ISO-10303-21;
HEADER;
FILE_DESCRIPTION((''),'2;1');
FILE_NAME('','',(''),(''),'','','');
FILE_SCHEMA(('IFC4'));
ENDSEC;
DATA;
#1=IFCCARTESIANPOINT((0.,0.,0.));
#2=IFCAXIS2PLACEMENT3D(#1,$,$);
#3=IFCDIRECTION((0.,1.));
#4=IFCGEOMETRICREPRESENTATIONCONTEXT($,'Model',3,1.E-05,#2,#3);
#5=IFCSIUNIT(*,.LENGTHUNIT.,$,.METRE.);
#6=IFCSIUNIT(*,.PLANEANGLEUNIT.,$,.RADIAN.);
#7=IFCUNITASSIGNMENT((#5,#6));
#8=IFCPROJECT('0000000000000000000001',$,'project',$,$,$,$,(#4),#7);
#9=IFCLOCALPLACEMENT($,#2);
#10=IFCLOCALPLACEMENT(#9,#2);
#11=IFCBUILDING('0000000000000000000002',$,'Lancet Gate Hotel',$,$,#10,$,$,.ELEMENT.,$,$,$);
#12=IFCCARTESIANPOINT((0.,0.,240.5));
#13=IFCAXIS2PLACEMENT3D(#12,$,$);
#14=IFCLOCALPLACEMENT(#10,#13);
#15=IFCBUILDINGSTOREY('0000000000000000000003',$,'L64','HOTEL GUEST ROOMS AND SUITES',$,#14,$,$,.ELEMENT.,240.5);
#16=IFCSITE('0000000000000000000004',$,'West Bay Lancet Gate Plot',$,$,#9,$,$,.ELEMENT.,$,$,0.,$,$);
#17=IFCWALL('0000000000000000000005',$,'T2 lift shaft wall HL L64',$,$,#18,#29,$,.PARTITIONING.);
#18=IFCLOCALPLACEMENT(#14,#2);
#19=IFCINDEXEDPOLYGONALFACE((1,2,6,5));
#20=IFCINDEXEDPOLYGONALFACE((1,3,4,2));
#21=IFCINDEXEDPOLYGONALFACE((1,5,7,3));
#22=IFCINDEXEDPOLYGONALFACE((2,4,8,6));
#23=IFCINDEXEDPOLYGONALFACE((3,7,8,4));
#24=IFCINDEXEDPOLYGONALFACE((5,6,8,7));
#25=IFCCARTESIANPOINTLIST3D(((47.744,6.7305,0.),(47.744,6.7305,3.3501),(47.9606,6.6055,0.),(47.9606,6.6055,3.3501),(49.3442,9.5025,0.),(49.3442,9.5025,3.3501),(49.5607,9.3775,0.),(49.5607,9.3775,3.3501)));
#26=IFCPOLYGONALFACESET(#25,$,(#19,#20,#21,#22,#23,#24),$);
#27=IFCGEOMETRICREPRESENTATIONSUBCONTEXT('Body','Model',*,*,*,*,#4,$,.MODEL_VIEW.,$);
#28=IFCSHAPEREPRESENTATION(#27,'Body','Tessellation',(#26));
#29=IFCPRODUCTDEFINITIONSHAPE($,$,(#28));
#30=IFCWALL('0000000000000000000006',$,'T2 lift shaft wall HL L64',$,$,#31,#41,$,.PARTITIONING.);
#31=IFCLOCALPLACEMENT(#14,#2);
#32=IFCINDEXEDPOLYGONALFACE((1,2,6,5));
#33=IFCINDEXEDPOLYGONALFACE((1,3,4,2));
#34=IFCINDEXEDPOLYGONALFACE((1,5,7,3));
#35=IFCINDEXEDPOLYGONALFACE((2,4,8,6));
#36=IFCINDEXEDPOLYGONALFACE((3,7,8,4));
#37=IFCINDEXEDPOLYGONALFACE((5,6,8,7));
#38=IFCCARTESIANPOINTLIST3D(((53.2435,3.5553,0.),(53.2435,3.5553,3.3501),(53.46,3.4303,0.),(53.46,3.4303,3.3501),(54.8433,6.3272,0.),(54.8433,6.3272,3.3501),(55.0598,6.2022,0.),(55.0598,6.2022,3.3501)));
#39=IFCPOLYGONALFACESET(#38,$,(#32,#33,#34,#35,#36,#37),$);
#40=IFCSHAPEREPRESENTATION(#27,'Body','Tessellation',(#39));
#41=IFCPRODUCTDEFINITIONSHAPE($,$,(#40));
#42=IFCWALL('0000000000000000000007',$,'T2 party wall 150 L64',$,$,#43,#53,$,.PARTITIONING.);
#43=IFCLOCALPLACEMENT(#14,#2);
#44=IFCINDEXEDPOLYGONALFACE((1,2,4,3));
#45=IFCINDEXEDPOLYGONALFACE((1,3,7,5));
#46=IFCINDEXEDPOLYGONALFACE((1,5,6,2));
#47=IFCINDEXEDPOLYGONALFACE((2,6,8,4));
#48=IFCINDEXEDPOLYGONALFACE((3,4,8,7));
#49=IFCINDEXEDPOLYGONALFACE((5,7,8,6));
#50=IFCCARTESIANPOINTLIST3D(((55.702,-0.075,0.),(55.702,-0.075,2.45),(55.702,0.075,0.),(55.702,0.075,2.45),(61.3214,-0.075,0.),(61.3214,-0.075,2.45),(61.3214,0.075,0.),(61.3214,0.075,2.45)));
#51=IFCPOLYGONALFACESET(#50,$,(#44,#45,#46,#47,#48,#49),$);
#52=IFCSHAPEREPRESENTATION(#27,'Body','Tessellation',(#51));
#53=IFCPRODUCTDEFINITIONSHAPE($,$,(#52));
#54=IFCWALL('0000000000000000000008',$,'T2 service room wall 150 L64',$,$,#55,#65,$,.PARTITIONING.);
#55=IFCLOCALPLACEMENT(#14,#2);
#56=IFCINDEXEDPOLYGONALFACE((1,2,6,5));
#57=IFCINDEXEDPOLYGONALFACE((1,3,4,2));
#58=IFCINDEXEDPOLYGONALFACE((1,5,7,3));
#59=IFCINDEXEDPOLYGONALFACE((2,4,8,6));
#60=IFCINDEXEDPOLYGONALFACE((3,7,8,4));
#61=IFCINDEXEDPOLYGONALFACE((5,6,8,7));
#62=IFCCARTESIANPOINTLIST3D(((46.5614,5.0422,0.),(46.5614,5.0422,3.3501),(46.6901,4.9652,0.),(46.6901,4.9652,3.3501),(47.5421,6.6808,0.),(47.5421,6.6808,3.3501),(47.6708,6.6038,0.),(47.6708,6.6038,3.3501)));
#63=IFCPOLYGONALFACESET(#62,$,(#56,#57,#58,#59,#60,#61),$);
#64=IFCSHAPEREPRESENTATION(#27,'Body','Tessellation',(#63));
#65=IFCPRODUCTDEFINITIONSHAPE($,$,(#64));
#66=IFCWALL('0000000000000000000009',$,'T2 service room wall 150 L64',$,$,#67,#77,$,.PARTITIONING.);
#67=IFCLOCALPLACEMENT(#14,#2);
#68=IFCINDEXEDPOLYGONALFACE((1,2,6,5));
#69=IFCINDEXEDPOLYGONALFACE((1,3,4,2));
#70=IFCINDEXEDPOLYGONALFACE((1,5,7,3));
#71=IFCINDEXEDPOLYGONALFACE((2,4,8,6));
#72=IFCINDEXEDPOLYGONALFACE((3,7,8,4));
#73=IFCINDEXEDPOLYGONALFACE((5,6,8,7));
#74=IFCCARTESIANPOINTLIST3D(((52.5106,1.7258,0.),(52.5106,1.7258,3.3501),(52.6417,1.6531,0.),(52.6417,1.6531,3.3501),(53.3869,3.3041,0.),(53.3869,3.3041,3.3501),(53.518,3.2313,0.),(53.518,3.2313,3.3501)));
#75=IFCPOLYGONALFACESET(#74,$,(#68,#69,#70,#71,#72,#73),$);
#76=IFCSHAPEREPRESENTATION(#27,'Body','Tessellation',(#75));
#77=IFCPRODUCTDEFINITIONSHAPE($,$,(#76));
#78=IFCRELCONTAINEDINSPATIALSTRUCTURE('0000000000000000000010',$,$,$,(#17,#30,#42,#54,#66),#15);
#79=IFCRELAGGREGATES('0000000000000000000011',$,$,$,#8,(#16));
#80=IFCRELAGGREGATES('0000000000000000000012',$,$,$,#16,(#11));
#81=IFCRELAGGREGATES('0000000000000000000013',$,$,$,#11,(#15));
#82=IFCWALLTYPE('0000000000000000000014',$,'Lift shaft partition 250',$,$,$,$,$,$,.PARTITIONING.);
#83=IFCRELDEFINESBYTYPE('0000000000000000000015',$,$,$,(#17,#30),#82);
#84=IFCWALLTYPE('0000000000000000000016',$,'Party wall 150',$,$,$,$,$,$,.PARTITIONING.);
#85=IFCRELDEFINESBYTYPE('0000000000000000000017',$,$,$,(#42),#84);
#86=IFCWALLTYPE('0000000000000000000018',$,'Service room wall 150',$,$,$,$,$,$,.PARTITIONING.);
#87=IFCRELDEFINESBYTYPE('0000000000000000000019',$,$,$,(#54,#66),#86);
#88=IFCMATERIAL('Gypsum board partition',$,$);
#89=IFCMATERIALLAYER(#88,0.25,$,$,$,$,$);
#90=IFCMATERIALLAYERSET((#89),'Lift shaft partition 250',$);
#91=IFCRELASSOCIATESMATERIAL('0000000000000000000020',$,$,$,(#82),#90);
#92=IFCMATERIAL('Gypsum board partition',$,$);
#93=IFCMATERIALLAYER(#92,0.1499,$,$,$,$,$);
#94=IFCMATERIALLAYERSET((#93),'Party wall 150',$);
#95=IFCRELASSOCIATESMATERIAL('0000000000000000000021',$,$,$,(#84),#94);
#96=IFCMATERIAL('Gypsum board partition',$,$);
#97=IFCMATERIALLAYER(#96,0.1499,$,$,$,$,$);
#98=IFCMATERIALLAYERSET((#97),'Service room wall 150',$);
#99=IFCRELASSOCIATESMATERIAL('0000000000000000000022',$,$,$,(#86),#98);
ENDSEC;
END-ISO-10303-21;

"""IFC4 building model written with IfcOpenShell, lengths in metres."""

from ifc_helpers import new_model, si_unit, direction, frame, frame_2d, origin, place, context, subcontext, project, spatial, rectangle, extrude, material, layer, layer_set, type_object, element, save


model = new_model("IFC4")

# Units and contexts
model_context = context("Model", 3, precision=1e-05, world=origin(), true_north=direction((0.0, 1.0)))
body_context = subcontext(model_context, "Body", "Model", "MODEL_VIEW")
ifc_project = project(units=[si_unit("LENGTHUNIT", "METRE"), si_unit("PLANEANGLEUNIT", "RADIAN")], contexts=[model_context])

# Site, building, storey
site_placement = place(None, origin())
site = spatial("IfcSite", under=ifc_project, at=site_placement, Name="West Bay Lancet Gate Plot", CompositionType="ELEMENT", RefElevation=0.0)
building_placement = place(site_placement, origin())
building = spatial("IfcBuilding", under=site, at=building_placement, Name="Lancet Gate Hotel", CompositionType="ELEMENT")
storey_placement = place(building_placement, frame((0.0, 0.0, 240.5)))
storey = spatial("IfcBuildingStorey", under=building, at=storey_placement, Name="L64", Description="HOTEL GUEST ROOMS AND SUITES", CompositionType="ELEMENT", Elevation=240.5)

# Shared definitions
ifc_material_1 = material(Name="Gypsum board partition")
ifc_layer_1 = layer(ifc_material_1, 0.25)
ifc_layer_set_1 = layer_set([ifc_layer_1], Name="Lift shaft partition 250")
wall_type_1 = type_object("IfcWallType", Name="Lift shaft partition 250", PredefinedType="PARTITIONING", material=ifc_layer_set_1)

# Walls
wall_1_placement = place(storey_placement, frame((47.8523, 6.668, 0.0), z_axis=(0.0, 0.0, 1.0), x_axis=(0.499929, 0.866066, 0.0)))
element("IfcWall", 1, at=wall_1_placement, inside=storey, type_object=wall_type_1, Name="T2 lift shaft wall HL L64", PredefinedType="PARTITIONING", context=body_context, shape_type="SweptSolid", body=[
    extrude(rectangle(XDim=3.2007, YDim=0.25, at=frame_2d((1.6003, 0.0))), origin(), (0.0, 0.0, 1.0), 3.3501),
])
wall_2_placement = place(storey_placement, frame((53.3518, 3.4929, 0.0), z_axis=(0.0, 0.0, 1.0), x_axis=(0.499872, 0.866099, 0.0)))
element("IfcWall", 2, at=wall_2_placement, inside=storey, type_object=wall_type_1, Name="T2 lift shaft wall HL L64", PredefinedType="PARTITIONING", context=body_context, shape_type="SweptSolid", body=[
    extrude(rectangle(XDim=3.2004, YDim=0.25, at=frame_2d((1.6001, 0.0))), origin(), (0.0, 0.0, 1.0), 3.3501),
])
ifc_material_2 = material(Name="Gypsum board partition")
ifc_layer_2 = layer(ifc_material_2, 0.1499)
ifc_layer_set_2 = layer_set([ifc_layer_2], Name="Party wall 150")
wall_type_2 = type_object("IfcWallType", Name="Party wall 150", PredefinedType="PARTITIONING", material=ifc_layer_set_2)
wall_3_placement = place(storey_placement, frame((55.7021, 0.0, 0.0), z_axis=(0.0, 0.0, 1.0), x_axis=(1.0, 0.0, 0.0)))
element("IfcWall", 3, at=wall_3_placement, inside=storey, type_object=wall_type_2, Name="T2 party wall 150 L64", PredefinedType="PARTITIONING", context=body_context, shape_type="SweptSolid", body=[
    extrude(rectangle(XDim=5.6194, YDim=0.1499, at=frame_2d((2.8096, 0.0))), origin(), (0.0, 0.0, 1.0), 2.45),
])
ifc_material_3 = material(Name="Gypsum board partition")
ifc_layer_3 = layer(ifc_material_3, 0.1499)
ifc_layer_set_3 = layer_set([ifc_layer_3], Name="Service room wall 150")
wall_type_3 = type_object("IfcWallType", Name="Service room wall 150", PredefinedType="PARTITIONING", material=ifc_layer_set_3)
wall_4_placement = place(storey_placement, frame((47.6064, 6.6423, 0.0), z_axis=(0.0, 0.0, 1.0), x_axis=(-0.513537, -0.858068, 0.0)))
element("IfcWall", 4, at=wall_4_placement, inside=storey, type_object=wall_type_3, Name="T2 service room wall 150 L64", PredefinedType="PARTITIONING", context=body_context, shape_type="SweptSolid", body=[
    extrude(rectangle(XDim=1.9097, YDim=0.1499, at=frame_2d((0.9548, 0.0))), origin(), (0.0, 0.0, 1.0), 3.3501),
])
wall_5_placement = place(storey_placement, frame((52.5762, 1.6895, 0.0), z_axis=(0.0, 0.0, 1.0), x_axis=(0.485425, 0.874278, 0.0)))
element("IfcWall", 5, at=wall_5_placement, inside=storey, type_object=wall_type_3, Name="T2 service room wall 150 L64", PredefinedType="PARTITIONING", context=body_context, shape_type="SweptSolid", body=[
    extrude(rectangle(XDim=1.8052, YDim=0.1499, at=frame_2d((0.9026, 0.0))), origin(), (0.0, 0.0, 1.0), 3.3501),
])

save(model, "model.ifc")
